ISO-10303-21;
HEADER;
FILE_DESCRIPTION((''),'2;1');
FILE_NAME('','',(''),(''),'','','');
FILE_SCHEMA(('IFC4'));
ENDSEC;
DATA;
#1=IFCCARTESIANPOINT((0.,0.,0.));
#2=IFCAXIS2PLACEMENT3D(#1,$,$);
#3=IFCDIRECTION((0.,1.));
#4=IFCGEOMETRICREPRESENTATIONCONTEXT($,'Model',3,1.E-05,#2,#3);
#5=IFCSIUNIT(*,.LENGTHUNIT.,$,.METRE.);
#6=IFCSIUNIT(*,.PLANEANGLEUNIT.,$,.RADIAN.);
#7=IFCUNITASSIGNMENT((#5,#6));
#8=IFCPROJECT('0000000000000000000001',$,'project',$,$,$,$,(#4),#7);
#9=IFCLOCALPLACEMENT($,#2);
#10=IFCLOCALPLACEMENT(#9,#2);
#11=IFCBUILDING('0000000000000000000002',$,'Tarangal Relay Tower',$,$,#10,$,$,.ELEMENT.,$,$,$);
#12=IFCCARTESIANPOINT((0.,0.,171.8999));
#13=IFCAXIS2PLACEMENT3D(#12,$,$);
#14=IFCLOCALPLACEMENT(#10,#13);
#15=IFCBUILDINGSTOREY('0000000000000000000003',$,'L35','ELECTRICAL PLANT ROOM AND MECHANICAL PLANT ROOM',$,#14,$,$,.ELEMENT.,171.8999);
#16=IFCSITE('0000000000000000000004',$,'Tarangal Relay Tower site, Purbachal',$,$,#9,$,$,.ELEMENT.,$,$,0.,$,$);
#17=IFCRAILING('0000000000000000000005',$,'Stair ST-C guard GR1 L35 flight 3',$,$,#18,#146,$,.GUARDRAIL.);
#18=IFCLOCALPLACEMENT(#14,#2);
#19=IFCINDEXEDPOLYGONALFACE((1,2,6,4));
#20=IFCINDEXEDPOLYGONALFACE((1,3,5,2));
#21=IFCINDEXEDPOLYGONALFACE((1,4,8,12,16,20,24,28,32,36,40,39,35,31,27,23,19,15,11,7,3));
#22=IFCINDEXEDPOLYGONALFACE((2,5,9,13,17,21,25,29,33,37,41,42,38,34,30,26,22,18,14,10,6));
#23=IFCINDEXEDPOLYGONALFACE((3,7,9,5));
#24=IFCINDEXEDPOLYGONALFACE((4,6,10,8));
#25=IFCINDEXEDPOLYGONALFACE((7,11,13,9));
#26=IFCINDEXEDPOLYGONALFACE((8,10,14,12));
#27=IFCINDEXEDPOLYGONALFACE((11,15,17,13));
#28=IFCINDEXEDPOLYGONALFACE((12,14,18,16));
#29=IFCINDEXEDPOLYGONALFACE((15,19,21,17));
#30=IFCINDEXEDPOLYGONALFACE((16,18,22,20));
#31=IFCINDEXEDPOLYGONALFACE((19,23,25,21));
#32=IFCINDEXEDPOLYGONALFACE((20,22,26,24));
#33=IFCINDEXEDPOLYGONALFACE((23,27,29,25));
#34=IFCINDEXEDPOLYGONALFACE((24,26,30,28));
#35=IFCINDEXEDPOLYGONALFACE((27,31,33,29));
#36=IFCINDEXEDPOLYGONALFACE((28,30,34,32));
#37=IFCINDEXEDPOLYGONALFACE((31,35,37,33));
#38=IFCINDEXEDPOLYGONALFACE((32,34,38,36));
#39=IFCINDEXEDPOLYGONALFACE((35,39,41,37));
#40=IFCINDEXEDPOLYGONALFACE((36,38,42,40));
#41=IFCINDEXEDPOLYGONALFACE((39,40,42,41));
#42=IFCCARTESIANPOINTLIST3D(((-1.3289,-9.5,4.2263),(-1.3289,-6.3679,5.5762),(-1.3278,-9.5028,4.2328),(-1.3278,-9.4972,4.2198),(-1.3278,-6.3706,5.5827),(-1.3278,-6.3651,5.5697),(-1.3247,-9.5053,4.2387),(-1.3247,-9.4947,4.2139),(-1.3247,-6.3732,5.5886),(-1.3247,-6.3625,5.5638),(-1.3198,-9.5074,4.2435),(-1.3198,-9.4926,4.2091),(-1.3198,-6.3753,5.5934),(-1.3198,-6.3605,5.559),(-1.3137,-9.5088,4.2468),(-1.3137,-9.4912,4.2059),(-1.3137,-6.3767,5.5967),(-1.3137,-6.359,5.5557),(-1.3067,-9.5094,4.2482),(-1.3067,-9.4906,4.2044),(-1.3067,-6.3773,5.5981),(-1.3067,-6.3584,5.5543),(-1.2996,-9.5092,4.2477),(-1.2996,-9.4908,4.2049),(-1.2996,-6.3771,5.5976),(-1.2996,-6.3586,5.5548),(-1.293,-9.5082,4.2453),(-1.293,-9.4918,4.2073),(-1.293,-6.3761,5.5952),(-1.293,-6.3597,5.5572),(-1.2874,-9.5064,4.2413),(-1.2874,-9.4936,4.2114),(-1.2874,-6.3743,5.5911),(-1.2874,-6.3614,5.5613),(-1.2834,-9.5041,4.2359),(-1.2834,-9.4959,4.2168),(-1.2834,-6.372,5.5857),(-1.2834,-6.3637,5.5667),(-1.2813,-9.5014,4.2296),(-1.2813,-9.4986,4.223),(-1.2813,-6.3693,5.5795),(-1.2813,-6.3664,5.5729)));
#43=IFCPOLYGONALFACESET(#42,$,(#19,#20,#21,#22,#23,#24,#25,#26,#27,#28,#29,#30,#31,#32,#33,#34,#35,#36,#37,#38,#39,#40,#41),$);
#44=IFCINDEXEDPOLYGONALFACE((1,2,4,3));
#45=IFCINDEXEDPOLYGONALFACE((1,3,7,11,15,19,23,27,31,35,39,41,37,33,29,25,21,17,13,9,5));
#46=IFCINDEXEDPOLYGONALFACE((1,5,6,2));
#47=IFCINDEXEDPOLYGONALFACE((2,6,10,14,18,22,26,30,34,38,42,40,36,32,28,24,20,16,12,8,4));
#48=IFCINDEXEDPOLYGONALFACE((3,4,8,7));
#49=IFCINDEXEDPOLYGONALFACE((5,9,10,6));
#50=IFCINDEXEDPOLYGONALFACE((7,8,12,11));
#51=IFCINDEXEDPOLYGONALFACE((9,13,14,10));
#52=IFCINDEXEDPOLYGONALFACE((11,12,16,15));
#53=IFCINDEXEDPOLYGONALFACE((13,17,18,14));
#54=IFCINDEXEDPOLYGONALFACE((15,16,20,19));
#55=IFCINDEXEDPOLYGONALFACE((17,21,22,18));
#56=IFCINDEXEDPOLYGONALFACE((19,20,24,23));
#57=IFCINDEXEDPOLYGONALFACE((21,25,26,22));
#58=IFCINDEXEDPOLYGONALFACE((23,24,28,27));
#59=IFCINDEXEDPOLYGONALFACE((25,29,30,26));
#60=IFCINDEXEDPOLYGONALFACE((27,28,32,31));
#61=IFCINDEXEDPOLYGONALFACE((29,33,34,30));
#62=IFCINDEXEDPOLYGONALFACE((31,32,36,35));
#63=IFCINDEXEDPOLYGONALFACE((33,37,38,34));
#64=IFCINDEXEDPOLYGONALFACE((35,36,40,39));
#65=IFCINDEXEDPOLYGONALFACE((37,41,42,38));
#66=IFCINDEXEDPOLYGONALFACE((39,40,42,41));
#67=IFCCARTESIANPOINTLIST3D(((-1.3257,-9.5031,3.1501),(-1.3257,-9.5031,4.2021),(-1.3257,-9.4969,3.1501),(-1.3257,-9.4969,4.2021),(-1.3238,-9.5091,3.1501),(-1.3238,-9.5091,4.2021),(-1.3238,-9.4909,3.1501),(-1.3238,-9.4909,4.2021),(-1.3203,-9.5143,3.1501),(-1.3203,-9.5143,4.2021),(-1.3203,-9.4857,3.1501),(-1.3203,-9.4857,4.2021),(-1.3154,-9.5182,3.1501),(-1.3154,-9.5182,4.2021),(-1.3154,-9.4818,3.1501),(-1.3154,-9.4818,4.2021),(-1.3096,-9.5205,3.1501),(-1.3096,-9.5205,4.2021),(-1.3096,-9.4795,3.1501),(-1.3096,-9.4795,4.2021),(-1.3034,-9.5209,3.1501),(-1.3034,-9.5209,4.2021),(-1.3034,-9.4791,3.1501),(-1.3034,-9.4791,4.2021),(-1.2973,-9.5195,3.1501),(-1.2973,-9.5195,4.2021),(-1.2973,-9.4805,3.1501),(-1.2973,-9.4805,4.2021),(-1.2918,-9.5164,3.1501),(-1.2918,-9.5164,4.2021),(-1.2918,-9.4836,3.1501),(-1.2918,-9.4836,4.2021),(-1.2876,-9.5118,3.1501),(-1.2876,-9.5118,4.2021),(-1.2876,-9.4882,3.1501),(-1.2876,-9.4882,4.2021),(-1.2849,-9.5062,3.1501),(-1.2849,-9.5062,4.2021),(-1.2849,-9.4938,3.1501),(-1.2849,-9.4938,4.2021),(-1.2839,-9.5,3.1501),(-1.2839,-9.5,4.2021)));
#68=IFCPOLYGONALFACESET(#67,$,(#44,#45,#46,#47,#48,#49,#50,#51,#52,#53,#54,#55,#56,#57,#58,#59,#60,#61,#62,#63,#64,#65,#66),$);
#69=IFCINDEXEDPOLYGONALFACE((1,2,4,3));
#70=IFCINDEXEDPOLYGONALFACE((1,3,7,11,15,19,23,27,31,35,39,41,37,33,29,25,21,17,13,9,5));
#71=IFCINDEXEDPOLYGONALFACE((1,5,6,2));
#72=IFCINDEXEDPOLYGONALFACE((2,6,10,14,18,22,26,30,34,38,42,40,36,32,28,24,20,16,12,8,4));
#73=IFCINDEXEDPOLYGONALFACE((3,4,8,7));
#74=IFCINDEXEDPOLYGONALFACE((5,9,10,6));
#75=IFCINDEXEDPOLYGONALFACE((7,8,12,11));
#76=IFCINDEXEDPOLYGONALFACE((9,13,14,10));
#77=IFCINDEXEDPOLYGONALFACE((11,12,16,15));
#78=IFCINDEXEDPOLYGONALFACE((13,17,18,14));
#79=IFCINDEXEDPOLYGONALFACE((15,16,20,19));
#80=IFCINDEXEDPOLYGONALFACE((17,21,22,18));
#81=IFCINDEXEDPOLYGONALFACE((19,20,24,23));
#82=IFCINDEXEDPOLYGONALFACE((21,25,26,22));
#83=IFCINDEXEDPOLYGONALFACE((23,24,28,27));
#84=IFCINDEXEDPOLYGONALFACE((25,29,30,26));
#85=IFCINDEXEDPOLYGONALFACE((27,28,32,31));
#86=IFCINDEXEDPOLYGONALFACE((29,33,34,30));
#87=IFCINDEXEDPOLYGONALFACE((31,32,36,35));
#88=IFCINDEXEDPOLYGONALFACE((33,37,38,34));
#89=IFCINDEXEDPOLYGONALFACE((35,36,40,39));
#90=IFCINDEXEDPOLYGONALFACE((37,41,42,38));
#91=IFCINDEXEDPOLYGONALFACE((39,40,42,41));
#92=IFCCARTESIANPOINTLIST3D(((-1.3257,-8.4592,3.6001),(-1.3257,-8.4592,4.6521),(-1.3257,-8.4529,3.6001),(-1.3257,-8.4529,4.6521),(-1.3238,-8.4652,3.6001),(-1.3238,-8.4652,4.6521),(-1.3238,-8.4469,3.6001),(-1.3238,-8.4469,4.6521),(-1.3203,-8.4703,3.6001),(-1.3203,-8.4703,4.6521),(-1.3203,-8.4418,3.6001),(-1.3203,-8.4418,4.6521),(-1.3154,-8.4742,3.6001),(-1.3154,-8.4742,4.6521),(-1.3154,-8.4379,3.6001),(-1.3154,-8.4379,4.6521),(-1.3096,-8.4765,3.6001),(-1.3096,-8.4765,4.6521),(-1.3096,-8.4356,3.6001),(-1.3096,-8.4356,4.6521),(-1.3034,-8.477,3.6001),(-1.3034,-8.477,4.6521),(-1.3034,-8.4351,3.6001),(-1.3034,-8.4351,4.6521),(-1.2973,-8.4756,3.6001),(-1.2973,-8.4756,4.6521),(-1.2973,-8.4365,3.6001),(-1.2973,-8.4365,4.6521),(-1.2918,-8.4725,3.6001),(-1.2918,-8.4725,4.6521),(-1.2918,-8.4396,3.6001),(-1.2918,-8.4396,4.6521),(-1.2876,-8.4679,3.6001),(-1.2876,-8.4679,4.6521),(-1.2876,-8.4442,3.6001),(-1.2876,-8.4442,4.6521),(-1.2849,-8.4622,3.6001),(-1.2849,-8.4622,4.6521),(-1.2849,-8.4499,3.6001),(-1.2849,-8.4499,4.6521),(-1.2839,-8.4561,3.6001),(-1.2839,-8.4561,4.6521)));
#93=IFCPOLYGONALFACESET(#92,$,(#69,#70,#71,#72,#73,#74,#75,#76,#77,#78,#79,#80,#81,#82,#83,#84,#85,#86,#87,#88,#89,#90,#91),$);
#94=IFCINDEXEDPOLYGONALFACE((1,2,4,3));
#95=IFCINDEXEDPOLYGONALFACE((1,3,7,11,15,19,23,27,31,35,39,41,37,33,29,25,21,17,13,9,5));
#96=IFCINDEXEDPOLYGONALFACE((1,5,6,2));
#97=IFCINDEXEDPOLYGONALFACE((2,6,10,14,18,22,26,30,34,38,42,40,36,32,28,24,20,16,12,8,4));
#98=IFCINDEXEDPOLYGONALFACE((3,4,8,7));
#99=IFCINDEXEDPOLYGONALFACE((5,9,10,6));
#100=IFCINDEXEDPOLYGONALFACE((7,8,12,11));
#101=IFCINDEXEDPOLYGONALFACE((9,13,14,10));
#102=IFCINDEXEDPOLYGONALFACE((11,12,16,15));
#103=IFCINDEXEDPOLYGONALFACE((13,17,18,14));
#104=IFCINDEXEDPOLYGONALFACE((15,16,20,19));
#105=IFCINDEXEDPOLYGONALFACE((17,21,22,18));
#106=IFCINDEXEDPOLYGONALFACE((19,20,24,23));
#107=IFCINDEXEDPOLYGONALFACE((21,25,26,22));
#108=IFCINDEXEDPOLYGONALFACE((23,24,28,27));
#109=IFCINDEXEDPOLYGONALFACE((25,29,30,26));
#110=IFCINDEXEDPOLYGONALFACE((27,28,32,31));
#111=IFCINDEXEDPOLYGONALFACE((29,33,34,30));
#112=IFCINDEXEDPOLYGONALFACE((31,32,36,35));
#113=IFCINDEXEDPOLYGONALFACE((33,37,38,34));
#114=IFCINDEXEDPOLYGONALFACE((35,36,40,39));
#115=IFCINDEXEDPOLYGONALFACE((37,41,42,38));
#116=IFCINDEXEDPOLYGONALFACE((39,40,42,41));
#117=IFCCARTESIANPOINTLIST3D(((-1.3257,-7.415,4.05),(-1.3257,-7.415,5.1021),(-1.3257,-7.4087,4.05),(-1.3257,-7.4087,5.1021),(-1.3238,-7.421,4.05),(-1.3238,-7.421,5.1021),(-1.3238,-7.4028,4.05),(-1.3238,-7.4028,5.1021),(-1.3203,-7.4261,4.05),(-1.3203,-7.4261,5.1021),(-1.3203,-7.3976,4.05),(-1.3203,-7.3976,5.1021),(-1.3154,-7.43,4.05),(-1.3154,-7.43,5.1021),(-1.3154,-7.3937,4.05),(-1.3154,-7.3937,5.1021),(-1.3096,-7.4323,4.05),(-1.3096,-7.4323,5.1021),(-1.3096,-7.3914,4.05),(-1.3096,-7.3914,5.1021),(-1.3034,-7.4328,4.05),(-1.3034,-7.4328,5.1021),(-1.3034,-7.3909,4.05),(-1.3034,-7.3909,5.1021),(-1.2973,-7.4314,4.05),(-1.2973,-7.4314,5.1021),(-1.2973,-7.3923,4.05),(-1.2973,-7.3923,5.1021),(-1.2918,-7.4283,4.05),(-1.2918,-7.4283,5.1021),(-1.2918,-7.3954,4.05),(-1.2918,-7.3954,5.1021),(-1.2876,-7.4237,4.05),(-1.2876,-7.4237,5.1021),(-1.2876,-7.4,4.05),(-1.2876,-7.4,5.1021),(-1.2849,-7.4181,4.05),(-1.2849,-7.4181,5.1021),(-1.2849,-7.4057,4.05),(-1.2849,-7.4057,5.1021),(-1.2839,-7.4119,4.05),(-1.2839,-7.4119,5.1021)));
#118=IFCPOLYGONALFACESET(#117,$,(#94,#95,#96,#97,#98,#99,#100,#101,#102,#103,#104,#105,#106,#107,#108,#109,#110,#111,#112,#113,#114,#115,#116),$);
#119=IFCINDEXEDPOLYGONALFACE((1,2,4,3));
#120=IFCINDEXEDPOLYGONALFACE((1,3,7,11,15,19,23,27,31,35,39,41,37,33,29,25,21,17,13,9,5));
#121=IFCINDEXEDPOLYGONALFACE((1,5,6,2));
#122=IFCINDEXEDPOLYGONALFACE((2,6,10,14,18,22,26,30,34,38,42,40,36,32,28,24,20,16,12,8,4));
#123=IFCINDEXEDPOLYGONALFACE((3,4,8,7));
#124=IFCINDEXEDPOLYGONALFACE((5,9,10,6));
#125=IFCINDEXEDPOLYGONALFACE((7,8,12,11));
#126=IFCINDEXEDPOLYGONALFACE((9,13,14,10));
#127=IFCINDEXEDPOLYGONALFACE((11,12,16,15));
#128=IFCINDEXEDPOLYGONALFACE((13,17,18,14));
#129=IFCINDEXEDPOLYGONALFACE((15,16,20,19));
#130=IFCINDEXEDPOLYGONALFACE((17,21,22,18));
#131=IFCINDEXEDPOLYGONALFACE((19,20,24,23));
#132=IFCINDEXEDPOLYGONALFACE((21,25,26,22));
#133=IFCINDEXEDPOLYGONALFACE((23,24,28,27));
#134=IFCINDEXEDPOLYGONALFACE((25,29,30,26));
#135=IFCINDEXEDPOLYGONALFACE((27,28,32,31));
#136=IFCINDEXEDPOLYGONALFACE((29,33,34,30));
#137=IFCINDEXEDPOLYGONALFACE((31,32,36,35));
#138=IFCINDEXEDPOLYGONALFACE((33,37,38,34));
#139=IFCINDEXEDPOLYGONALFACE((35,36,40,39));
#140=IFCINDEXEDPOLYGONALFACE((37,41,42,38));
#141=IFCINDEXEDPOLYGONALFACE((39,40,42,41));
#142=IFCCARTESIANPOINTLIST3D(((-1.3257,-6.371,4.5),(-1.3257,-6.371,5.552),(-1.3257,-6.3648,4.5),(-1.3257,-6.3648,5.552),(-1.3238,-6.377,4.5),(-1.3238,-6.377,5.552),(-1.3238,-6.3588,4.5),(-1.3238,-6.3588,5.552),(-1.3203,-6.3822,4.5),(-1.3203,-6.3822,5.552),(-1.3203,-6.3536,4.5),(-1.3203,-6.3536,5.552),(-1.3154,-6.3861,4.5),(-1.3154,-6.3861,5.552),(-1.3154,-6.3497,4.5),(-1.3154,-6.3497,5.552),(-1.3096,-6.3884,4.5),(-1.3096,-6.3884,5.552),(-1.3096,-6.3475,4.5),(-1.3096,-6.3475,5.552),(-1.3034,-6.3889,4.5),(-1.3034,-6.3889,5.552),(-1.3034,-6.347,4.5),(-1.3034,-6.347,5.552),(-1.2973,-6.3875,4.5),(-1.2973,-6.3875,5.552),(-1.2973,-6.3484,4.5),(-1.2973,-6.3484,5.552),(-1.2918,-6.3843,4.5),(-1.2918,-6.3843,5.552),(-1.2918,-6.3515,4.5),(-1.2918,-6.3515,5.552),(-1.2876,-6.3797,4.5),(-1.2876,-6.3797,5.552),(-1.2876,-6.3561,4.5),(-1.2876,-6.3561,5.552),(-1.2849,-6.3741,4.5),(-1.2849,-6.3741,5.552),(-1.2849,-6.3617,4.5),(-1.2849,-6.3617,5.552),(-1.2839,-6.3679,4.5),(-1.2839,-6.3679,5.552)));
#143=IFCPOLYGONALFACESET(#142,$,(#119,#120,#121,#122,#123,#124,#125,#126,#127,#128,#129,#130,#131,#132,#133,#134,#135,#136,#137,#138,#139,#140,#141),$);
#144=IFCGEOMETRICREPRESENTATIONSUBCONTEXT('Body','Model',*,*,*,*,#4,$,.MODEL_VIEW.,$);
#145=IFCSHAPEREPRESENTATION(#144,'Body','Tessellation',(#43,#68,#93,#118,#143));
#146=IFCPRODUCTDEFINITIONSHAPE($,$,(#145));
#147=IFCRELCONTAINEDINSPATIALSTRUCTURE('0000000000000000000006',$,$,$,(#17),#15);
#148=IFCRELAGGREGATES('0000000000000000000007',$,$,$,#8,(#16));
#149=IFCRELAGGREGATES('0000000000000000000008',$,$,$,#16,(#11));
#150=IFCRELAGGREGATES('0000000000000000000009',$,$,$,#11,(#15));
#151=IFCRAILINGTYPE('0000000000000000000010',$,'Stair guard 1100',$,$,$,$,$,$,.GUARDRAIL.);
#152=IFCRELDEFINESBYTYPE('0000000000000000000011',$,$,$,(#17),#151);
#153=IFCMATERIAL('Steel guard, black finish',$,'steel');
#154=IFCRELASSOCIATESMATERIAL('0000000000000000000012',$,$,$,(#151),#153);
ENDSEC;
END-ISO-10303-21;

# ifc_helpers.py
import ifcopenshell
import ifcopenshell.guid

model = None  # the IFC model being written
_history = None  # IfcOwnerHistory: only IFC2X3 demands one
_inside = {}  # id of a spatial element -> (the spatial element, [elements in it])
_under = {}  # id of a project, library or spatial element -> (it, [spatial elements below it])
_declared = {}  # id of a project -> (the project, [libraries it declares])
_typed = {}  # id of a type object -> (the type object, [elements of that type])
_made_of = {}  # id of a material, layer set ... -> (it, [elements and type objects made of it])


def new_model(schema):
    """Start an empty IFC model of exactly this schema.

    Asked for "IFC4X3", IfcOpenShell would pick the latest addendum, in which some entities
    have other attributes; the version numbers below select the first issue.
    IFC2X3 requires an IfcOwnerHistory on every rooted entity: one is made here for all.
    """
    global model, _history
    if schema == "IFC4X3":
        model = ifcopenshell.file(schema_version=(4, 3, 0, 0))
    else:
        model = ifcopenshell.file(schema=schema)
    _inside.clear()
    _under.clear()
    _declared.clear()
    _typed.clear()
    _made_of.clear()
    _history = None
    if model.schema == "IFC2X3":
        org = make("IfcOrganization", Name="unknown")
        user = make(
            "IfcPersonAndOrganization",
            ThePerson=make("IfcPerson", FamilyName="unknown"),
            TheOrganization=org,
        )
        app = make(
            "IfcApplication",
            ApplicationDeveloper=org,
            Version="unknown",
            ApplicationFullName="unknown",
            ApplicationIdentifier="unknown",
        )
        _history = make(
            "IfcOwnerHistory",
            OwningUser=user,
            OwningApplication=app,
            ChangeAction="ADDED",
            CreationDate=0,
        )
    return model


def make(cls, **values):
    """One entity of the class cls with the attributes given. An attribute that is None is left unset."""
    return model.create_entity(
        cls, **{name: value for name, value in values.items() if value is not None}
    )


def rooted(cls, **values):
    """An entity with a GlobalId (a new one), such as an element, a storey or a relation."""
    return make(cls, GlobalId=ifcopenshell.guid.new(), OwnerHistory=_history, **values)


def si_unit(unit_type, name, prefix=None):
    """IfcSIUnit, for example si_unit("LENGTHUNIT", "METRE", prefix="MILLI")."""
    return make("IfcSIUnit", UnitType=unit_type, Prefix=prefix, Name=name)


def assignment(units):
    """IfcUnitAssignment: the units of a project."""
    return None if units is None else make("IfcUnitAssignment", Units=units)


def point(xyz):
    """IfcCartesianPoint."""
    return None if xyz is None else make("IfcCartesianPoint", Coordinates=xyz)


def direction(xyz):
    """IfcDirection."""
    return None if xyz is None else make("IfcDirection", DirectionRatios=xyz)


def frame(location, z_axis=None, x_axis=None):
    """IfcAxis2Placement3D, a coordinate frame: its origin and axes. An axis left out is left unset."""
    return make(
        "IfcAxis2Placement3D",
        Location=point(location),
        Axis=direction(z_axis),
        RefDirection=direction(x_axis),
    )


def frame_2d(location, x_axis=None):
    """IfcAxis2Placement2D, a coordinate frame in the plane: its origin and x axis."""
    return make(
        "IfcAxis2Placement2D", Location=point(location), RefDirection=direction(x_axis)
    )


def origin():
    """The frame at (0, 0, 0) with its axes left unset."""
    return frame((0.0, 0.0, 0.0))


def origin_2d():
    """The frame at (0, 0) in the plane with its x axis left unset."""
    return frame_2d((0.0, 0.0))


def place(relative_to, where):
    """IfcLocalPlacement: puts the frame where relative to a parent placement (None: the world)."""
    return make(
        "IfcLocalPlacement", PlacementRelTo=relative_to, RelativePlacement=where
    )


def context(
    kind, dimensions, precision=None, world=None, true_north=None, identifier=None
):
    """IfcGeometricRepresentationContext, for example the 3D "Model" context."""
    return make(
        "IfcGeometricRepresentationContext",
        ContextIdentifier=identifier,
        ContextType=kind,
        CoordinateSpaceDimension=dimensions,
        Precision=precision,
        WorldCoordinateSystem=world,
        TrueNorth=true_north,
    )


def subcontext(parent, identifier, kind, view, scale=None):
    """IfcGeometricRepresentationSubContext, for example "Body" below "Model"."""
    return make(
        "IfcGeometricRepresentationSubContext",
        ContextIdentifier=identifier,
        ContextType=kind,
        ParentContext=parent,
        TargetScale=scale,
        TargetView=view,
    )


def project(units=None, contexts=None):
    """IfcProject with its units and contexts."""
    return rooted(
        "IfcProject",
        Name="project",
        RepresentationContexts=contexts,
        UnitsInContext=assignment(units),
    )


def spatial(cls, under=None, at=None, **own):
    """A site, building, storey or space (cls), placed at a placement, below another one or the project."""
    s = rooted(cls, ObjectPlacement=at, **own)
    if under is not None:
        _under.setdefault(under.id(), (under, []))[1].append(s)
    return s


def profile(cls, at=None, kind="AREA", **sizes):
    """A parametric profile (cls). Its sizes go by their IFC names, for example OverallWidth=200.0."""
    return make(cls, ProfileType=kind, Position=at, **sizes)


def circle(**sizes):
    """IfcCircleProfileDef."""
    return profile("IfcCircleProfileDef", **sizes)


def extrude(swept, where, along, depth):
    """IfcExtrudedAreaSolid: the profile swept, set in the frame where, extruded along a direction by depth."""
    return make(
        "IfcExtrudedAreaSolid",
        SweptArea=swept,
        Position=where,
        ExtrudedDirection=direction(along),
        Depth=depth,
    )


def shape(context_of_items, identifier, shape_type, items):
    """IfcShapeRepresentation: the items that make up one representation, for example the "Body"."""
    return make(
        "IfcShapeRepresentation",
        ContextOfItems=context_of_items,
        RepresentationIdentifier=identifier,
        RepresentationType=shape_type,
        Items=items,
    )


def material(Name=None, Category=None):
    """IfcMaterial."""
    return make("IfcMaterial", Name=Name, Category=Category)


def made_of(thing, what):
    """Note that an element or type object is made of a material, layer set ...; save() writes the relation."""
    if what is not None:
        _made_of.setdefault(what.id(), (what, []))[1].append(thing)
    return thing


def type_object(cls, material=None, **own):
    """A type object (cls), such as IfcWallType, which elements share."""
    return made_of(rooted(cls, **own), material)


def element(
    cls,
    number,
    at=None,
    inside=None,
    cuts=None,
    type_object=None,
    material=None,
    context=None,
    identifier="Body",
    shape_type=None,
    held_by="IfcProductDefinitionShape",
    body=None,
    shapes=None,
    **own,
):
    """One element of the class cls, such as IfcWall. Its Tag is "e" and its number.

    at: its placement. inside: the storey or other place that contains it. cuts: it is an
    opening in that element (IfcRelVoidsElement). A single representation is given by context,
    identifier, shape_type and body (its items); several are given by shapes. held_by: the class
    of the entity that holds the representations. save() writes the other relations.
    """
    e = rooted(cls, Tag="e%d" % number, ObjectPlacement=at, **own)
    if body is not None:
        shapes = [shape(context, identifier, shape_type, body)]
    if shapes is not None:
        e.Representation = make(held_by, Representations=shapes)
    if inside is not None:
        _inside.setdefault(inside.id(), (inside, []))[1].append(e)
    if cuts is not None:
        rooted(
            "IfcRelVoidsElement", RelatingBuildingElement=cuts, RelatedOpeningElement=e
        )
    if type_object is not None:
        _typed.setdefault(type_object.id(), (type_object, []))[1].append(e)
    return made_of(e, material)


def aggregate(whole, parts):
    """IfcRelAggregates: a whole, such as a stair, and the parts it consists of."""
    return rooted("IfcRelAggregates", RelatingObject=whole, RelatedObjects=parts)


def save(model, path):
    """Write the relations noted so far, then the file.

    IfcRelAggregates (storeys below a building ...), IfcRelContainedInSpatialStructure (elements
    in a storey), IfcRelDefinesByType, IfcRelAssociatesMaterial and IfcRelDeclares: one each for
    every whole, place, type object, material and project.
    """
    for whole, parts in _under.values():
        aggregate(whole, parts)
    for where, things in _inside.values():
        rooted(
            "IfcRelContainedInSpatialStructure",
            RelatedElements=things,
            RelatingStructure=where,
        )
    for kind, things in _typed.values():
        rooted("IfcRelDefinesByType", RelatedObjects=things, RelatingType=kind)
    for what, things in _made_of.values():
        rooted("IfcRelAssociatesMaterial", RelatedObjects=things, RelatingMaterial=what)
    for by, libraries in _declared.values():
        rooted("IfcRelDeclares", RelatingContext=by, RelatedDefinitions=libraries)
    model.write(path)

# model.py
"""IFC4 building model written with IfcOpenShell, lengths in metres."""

from ifc_helpers import new_model, si_unit, direction, frame, origin, origin_2d, place, context, subcontext, project, spatial, circle, extrude, material, type_object, element, save


model = new_model("IFC4")

# Units and contexts
model_context = context("Model", 3, precision=1e-05, world=origin(), true_north=direction((0.0, 1.0)))
body_context = subcontext(model_context, "Body", "Model", "MODEL_VIEW")
ifc_project = project(units=[si_unit("LENGTHUNIT", "METRE"), si_unit("PLANEANGLEUNIT", "RADIAN")], contexts=[model_context])

# Site, building, storey
site_placement = place(None, origin())
site = spatial("IfcSite", under=ifc_project, at=site_placement, Name="Tarangal Relay Tower site, Purbachal", CompositionType="ELEMENT", RefElevation=0.0)
building_placement = place(site_placement, origin())
building = spatial("IfcBuilding", under=site, at=building_placement, Name="Tarangal Relay Tower", CompositionType="ELEMENT")
storey_placement = place(building_placement, frame((0.0, 0.0, 171.8999)))
storey = spatial("IfcBuildingStorey", under=building, at=storey_placement, Name="L35", Description="ELECTRICAL PLANT ROOM AND MECHANICAL PLANT ROOM", CompositionType="ELEMENT", Elevation=171.8999)

# Railing
ifc_material_1 = material(Name="Steel guard, black finish", Category="steel")
railing_type_1 = type_object("IfcRailingType", Name="Stair guard 1100", PredefinedType="GUARDRAIL", material=ifc_material_1)
for number, where, name in (
    (1, (-1.3049, -9.5, 3.1501), "Stair ST-C guard GR1 L35 flight 3"),
):
    element("IfcRailing", number, at=place(storey_placement, frame(where)), inside=storey, type_object=railing_type_1, Name=name, PredefinedType="GUARDRAIL", context=body_context, shape_type="SweptSolid", body=[
        extrude(circle(Radius=0.0239, at=origin_2d()), frame((0.0, 0.0, 1.0762), z_axis=(0.0, 0.918343, 0.395785), x_axis=(-1.0, 0.0, 0.0)), (0.0, 0.0, 1.0), 3.4106),
        extrude(circle(Radius=0.021, at=origin_2d()), origin(), (0.0, 0.0, 1.0), 1.052),
        extrude(circle(Radius=0.021, at=origin_2d()), frame((0.0, 1.0439, 0.45)), (0.0, 0.0, 1.0), 1.052),
        extrude(circle(Radius=0.021, at=origin_2d()), frame((0.0, 2.0881, 0.8999)), (0.0, 0.0, 1.0), 1.052),
        extrude(circle(Radius=0.021, at=origin_2d()), frame((0.0, 3.1321, 1.3499)), (0.0, 0.0, 1.0), 1.052),
    ])

save(model, "model.ifc")
